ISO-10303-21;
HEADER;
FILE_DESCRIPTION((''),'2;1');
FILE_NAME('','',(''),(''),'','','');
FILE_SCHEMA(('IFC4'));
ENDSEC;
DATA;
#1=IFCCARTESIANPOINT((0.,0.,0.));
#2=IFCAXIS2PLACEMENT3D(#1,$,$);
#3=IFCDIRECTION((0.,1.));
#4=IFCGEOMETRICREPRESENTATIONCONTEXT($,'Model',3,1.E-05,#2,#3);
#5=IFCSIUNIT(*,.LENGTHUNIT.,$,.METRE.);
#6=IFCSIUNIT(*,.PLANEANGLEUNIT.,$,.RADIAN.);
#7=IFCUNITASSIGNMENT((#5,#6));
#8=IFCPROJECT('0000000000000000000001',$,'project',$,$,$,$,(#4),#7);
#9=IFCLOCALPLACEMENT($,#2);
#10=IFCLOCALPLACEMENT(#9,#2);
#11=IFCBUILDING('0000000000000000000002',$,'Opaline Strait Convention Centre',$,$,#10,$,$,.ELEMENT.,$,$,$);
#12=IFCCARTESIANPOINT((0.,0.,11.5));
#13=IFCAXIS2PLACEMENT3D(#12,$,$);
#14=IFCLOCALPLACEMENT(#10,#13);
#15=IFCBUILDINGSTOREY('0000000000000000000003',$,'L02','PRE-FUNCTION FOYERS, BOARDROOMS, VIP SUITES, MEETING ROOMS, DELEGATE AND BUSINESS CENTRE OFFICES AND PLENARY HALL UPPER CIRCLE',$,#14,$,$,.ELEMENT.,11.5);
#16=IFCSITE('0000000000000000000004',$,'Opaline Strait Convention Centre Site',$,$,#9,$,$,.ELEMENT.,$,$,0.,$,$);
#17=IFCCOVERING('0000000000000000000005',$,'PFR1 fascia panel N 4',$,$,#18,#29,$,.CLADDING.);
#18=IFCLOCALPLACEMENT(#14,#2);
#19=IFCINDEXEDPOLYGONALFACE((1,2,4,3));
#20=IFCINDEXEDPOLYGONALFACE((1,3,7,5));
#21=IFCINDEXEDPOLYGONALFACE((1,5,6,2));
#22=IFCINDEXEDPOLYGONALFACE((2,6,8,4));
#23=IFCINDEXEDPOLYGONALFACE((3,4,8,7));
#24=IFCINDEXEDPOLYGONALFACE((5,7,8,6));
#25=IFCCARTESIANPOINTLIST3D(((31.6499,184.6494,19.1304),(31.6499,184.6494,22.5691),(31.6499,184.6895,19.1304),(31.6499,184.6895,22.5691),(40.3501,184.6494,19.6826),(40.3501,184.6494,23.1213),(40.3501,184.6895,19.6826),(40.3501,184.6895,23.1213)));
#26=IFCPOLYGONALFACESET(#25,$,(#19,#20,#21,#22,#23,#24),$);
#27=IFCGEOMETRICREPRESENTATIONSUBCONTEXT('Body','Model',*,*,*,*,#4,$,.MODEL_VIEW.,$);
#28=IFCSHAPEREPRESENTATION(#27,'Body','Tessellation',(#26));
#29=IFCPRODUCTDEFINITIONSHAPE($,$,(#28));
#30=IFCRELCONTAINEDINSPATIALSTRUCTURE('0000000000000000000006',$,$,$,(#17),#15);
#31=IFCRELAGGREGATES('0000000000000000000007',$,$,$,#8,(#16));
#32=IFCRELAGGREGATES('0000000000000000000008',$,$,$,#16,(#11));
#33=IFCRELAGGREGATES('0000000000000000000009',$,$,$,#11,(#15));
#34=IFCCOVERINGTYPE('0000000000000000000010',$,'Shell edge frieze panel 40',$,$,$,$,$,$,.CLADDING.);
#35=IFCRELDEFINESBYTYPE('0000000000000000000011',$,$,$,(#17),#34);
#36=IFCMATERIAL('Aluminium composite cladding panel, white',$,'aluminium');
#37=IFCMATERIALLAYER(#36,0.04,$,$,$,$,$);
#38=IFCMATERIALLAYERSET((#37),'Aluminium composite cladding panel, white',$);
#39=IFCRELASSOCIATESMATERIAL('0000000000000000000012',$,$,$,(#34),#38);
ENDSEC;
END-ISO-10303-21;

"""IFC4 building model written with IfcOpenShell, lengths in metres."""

from ifc_helpers import new_model, si_unit, direction, frame, origin, place, context, subcontext, project, spatial, polyline, outline, extrude, material, layer, layer_set, type_object, element, save


model = new_model("IFC4")

# Units and contexts
model_context = context("Model", 3, precision=1e-05, world=origin(), true_north=direction((0.0, 1.0)))
body_context = subcontext(model_context, "Body", "Model", "MODEL_VIEW")
ifc_project = project(units=[si_unit("LENGTHUNIT", "METRE"), si_unit("PLANEANGLEUNIT", "RADIAN")], contexts=[model_context])

# Site, building, storey
site_placement = place(None, origin())
site = spatial("IfcSite", under=ifc_project, at=site_placement, Name="Opaline Strait Convention Centre Site", CompositionType="ELEMENT", RefElevation=0.0)
building_placement = place(site_placement, origin())
building = spatial("IfcBuilding", under=site, at=building_placement, Name="Opaline Strait Convention Centre", CompositionType="ELEMENT")
storey_placement = place(building_placement, frame((0.0, 0.0, 11.5)))
storey = spatial("IfcBuildingStorey", under=building, at=storey_placement, Name="L02", Description="PRE-FUNCTION FOYERS, BOARDROOMS, VIP SUITES, MEETING ROOMS, DELEGATE AND BUSINESS CENTRE OFFICES AND PLENARY HALL UPPER CIRCLE", CompositionType="ELEMENT", Elevation=11.5)

# Covering
ifc_material_1 = material(Name="Aluminium composite cladding panel, white", Category="aluminium")
ifc_layer_1 = layer(ifc_material_1, 0.04)
ifc_layer_set_1 = layer_set([ifc_layer_1], Name="Aluminium composite cladding panel, white")
covering_type_1 = type_object("IfcCoveringType", Name="Shell edge frieze panel 40", PredefinedType="CLADDING", material=ifc_layer_set_1)
covering_1_placement = place(storey_placement, frame((31.6499, 184.6494, 19.1304), z_axis=(0.0, -1.0, 0.0), x_axis=(0.997992, 0.0, 0.063348)))
element("IfcCovering", 1, at=covering_1_placement, inside=storey, type_object=covering_type_1, Name="PFR1 fascia panel N 4", PredefinedType="CLADDING", context=body_context, shape_type="SweptSolid", body=[
    extrude(outline(polyline([(0.0, 0.0), (8.7177, 0.0), (8.9355, 3.4318), (0.2178, 3.4318), (0.0, 0.0)])), origin(), (0.0, 0.0, -1.0), 0.04),
])

save(model, "model.ifc")
